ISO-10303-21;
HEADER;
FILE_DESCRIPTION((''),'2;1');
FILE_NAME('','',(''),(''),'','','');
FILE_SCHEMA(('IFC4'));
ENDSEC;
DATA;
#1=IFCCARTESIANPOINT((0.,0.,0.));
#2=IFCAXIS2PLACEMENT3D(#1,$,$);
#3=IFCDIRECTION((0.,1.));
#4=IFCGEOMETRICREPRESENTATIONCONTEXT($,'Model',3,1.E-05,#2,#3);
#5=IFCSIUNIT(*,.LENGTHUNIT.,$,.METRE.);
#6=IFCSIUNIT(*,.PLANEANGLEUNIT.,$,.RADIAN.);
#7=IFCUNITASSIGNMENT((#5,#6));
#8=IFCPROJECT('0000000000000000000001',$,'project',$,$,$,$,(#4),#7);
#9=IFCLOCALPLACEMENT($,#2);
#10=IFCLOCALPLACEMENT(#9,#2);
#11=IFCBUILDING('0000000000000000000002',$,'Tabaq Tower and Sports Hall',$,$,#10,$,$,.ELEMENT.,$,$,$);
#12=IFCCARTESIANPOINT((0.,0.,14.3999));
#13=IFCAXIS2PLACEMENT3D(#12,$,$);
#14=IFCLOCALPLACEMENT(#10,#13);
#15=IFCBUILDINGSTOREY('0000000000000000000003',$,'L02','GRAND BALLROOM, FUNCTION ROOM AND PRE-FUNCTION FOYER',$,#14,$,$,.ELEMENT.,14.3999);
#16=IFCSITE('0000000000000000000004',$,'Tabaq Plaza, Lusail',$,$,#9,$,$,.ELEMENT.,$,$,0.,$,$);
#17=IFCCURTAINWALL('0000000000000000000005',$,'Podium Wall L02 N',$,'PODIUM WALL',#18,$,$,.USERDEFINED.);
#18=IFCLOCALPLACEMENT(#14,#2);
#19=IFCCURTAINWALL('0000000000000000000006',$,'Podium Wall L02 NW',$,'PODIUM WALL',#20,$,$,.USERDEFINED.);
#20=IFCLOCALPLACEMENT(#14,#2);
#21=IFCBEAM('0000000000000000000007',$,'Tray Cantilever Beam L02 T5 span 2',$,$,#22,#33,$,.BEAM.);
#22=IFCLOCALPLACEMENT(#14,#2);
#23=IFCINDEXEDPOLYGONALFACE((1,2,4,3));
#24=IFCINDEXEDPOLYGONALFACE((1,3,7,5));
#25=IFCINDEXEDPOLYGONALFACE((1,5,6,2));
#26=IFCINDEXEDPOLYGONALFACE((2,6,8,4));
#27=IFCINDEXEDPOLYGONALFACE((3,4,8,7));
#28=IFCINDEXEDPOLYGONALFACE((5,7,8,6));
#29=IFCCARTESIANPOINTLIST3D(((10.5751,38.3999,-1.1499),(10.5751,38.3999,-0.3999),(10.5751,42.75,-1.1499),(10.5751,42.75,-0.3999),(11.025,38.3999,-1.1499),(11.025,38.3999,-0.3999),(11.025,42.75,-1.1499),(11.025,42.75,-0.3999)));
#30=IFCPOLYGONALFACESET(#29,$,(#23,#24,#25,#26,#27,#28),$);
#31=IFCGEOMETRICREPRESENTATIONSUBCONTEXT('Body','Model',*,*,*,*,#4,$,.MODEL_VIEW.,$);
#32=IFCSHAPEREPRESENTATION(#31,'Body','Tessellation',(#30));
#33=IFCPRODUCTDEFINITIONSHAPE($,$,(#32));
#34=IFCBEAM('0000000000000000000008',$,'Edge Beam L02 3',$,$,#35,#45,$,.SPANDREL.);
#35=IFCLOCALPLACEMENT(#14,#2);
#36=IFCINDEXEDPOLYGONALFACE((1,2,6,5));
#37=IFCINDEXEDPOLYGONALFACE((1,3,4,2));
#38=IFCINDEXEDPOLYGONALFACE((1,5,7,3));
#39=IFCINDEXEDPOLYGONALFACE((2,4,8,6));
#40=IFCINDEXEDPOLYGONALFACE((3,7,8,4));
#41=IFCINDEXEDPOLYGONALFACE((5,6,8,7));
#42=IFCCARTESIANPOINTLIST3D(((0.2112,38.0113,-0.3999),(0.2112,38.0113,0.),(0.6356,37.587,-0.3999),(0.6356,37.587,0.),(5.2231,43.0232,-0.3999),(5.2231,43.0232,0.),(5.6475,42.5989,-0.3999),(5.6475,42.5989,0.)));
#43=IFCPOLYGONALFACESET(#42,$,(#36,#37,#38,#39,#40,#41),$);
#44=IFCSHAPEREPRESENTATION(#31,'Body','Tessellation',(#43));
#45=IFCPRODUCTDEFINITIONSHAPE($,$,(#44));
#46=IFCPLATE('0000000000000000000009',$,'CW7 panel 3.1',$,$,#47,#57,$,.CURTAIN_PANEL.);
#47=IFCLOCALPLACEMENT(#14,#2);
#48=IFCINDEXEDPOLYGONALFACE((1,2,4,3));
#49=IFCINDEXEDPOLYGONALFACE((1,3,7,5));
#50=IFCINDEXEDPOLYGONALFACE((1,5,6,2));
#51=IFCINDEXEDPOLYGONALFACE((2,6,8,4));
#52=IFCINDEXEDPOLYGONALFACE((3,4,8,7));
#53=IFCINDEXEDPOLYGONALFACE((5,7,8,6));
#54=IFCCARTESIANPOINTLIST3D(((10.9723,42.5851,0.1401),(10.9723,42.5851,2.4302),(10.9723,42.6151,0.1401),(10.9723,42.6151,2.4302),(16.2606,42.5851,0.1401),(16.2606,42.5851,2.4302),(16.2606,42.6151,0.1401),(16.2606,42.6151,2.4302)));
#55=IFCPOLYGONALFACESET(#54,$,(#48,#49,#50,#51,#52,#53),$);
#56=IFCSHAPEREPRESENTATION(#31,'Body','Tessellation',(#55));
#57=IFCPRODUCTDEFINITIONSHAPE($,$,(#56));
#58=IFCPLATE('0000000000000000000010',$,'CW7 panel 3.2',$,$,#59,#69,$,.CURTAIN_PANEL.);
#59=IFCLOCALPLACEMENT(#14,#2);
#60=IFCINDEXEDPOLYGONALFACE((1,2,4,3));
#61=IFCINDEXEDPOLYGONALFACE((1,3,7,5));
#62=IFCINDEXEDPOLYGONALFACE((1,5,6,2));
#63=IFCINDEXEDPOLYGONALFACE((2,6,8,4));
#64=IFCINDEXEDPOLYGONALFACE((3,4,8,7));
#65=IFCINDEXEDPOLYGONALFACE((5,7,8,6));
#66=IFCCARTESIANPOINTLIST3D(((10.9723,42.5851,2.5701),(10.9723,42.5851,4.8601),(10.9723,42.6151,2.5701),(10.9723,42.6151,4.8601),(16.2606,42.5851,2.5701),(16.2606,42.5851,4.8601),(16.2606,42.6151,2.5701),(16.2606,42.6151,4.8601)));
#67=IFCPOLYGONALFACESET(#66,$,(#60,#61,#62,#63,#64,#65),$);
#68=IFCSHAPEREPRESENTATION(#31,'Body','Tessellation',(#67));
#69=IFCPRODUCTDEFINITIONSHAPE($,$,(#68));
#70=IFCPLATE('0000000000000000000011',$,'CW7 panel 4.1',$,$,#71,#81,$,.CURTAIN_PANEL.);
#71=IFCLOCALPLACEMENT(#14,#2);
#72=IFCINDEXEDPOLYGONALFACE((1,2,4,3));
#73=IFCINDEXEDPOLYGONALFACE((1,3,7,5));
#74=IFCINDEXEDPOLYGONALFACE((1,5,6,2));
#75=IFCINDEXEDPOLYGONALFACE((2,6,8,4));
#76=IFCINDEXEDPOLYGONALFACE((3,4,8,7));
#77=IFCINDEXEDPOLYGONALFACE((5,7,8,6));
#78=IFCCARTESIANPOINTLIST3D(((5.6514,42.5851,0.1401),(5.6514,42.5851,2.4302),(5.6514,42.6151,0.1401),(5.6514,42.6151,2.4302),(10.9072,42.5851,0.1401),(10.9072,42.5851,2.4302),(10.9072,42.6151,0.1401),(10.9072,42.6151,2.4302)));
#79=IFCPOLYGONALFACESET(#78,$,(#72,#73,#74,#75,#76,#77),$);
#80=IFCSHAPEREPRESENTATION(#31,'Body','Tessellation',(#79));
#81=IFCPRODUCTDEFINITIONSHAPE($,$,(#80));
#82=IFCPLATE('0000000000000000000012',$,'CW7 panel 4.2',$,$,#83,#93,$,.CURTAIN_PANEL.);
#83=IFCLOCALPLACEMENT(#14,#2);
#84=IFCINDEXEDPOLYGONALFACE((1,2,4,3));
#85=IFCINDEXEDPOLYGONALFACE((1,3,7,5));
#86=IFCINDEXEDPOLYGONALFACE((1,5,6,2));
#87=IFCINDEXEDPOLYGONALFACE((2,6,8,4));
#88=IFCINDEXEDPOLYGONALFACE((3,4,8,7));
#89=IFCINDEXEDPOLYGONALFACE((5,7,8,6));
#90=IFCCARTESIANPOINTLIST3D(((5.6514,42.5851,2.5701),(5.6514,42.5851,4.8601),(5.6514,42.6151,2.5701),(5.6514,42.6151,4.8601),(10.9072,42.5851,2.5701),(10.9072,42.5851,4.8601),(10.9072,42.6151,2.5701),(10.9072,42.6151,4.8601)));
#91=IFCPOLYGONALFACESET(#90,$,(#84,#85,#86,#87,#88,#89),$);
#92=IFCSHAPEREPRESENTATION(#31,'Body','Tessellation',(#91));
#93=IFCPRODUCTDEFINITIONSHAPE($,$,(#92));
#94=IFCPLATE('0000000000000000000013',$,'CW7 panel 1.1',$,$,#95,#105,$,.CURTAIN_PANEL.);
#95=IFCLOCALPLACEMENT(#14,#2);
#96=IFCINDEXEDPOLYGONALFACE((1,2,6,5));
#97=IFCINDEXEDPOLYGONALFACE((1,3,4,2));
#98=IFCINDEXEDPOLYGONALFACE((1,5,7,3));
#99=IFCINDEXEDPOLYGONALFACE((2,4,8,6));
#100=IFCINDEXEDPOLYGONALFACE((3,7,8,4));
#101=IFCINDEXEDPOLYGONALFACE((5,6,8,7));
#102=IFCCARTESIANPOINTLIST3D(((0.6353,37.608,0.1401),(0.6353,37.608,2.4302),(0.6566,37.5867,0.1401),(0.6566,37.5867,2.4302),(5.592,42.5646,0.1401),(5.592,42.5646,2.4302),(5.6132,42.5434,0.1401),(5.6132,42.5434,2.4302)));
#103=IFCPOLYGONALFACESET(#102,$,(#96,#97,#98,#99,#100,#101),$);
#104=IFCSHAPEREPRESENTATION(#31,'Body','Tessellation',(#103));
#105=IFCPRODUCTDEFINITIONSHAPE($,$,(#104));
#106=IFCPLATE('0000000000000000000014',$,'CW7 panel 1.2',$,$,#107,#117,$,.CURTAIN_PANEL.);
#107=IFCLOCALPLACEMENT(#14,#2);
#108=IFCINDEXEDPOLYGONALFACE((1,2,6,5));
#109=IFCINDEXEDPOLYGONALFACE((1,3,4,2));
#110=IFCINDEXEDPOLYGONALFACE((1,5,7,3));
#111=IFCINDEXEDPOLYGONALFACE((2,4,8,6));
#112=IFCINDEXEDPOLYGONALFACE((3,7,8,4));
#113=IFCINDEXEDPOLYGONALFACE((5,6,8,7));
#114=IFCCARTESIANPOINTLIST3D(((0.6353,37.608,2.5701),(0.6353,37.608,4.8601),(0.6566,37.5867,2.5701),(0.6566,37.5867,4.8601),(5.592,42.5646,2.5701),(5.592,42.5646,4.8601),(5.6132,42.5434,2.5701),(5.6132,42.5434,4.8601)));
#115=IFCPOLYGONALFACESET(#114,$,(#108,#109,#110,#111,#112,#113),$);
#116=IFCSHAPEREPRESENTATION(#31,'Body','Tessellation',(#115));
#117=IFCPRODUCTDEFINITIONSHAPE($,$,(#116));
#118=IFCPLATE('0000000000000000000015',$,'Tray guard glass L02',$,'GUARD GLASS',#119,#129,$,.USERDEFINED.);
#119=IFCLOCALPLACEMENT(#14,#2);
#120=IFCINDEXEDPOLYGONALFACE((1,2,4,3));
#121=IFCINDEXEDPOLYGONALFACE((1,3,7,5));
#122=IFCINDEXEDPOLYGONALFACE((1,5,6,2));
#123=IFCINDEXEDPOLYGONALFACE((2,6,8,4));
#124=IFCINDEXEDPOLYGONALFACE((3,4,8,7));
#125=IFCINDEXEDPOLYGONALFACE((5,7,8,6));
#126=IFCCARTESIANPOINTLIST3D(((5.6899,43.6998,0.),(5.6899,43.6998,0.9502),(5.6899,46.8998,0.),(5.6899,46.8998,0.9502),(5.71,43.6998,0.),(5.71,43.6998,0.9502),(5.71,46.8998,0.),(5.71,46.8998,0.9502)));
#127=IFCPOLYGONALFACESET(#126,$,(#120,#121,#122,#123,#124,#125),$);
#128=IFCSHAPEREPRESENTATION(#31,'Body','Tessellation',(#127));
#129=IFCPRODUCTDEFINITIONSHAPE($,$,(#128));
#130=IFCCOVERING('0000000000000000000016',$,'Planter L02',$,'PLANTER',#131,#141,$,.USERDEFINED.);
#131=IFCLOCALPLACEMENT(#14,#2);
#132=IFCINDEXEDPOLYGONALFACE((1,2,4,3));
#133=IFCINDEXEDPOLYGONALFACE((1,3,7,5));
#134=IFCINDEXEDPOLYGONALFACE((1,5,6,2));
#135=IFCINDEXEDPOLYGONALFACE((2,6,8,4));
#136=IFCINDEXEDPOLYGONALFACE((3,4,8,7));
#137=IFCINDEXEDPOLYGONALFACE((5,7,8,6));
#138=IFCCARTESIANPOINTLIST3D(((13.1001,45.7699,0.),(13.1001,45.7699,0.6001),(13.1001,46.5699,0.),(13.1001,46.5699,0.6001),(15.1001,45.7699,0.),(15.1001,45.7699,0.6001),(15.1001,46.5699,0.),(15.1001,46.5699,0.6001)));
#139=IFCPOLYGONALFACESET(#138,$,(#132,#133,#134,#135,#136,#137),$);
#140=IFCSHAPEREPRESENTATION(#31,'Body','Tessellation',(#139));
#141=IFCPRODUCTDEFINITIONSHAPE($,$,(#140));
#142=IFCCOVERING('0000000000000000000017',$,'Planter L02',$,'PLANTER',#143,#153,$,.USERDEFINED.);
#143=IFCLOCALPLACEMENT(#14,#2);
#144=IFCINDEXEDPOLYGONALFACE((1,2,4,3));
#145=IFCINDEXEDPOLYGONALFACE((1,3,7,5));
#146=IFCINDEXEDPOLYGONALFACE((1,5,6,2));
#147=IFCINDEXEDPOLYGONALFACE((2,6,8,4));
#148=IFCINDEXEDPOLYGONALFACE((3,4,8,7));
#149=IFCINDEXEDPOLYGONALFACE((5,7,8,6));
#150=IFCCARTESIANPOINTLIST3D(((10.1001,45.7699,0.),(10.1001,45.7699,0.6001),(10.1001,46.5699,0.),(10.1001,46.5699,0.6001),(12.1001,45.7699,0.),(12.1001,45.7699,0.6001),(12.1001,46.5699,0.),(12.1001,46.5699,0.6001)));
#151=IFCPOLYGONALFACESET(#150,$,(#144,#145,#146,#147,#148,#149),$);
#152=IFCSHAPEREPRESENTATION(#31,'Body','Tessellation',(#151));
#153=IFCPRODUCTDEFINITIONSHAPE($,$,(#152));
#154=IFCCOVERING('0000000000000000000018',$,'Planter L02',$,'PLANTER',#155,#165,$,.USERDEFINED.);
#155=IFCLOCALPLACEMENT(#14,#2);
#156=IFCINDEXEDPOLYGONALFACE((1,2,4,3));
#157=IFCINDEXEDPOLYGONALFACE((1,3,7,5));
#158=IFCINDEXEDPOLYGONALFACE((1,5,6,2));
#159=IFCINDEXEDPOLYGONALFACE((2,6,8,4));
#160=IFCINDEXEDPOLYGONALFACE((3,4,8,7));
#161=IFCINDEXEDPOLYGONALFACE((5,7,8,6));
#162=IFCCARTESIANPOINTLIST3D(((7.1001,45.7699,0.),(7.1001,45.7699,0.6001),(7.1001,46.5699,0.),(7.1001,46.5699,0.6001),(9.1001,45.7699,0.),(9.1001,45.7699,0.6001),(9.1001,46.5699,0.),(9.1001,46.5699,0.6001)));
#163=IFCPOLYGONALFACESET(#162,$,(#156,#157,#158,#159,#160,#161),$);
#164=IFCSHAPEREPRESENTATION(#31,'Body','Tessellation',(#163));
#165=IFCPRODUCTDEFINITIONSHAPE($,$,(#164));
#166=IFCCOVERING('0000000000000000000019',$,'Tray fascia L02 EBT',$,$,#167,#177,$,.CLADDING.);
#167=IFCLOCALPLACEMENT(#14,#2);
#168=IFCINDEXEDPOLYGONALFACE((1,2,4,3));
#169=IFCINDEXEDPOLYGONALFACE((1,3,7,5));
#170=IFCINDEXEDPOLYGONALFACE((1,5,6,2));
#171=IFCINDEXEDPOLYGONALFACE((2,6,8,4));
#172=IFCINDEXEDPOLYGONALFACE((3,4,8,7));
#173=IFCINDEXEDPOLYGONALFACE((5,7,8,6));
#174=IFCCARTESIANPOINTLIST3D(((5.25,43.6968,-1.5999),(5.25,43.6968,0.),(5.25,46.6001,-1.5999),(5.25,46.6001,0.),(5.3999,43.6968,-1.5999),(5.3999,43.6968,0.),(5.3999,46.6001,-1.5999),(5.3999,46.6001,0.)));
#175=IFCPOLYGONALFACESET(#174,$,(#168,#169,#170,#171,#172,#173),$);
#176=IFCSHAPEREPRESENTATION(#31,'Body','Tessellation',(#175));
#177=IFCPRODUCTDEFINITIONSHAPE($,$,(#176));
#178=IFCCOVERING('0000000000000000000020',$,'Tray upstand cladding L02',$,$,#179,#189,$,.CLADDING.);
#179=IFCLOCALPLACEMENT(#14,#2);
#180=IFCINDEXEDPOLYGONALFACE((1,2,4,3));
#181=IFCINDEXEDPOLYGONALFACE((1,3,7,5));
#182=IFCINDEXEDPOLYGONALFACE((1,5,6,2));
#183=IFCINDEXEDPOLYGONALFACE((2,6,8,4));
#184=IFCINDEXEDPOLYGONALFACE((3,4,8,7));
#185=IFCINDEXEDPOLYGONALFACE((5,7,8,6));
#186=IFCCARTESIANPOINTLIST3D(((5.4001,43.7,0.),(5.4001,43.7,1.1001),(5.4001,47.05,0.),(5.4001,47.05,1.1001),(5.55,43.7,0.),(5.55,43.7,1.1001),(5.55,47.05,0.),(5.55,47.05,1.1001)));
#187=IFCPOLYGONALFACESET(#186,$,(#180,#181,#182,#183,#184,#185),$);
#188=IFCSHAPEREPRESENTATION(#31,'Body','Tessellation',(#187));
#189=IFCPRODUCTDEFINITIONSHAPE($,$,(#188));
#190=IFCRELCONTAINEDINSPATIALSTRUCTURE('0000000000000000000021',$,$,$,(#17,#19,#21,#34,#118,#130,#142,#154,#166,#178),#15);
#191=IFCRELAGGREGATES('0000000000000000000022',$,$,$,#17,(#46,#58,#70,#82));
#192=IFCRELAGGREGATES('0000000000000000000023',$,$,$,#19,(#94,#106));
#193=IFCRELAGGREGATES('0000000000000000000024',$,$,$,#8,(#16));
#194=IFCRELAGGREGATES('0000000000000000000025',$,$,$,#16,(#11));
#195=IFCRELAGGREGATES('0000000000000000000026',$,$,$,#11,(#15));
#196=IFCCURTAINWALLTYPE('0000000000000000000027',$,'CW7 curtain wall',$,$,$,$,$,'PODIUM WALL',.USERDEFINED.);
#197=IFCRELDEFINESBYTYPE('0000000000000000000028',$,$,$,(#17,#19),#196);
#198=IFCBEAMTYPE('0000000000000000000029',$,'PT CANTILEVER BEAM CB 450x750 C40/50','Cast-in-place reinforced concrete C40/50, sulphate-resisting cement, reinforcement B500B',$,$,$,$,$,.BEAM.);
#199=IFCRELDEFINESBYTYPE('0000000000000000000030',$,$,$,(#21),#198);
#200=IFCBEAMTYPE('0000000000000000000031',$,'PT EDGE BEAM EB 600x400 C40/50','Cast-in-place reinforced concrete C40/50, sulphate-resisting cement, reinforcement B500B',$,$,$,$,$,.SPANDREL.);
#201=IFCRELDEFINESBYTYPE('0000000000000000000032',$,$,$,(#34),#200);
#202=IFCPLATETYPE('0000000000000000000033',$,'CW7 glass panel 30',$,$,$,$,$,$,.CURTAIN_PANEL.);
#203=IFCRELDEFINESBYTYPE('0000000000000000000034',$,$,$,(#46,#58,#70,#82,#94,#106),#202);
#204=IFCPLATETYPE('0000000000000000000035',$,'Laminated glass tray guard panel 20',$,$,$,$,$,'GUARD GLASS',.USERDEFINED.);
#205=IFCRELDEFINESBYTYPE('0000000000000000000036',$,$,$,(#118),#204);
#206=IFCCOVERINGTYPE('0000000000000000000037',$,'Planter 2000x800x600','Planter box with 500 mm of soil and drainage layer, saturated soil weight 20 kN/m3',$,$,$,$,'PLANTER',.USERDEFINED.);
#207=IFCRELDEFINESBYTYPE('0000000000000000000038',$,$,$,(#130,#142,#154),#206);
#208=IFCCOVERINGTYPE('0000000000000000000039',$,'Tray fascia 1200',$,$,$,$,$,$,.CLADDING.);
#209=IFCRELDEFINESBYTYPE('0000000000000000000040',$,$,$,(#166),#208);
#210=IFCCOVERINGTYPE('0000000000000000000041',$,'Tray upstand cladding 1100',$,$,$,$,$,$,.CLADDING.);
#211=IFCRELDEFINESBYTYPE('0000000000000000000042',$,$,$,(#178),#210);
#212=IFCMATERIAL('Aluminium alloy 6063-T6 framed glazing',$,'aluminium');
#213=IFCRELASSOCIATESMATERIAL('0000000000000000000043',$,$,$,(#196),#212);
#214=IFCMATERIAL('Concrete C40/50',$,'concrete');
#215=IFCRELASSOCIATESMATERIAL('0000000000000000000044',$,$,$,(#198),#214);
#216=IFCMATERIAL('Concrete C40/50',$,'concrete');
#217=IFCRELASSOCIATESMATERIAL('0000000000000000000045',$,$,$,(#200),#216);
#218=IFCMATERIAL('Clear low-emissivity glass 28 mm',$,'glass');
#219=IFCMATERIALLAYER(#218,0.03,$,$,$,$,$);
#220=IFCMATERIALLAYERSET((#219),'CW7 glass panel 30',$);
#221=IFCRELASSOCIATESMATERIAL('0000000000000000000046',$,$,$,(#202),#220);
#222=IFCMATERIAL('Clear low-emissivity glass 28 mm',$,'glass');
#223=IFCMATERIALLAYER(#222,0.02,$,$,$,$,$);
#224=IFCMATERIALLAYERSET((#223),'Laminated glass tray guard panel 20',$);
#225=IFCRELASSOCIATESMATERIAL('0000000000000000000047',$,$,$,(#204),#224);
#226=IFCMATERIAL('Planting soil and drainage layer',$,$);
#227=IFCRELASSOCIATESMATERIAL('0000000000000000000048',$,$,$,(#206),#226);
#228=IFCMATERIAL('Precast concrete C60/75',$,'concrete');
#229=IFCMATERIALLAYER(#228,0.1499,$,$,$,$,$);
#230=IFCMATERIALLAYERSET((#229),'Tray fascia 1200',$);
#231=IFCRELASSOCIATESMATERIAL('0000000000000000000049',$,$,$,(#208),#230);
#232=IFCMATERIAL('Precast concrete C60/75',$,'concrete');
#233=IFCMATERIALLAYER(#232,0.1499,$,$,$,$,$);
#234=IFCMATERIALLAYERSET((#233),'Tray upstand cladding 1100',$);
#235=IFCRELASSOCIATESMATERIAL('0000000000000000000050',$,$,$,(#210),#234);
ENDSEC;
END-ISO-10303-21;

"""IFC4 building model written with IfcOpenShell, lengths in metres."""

from ifc_helpers import new_model, si_unit, direction, frame, frame_2d, origin, origin_2d, place, context, subcontext, project, spatial, rectangle, extrude, material, layer, layer_set, material_profile, profile_set, type_object, element, aggregate, save


model = new_model("IFC4")

# Units and contexts
model_context = context("Model", 3, precision=1e-05, world=origin(), true_north=direction((0.0, 1.0)))
body_context = subcontext(model_context, "Body", "Model", "MODEL_VIEW")
ifc_project = project(units=[si_unit("LENGTHUNIT", "METRE"), si_unit("PLANEANGLEUNIT", "RADIAN")], contexts=[model_context])

# Site, building, storey
site_placement = place(None, origin())
site = spatial("IfcSite", under=ifc_project, at=site_placement, Name="Tabaq Plaza, Lusail", CompositionType="ELEMENT", RefElevation=0.0)
building_placement = place(site_placement, origin())
building = spatial("IfcBuilding", under=site, at=building_placement, Name="Tabaq Tower and Sports Hall", CompositionType="ELEMENT")
storey_placement = place(building_placement, frame((0.0, 0.0, 14.3999)))
storey = spatial("IfcBuildingStorey", under=building, at=storey_placement, Name="L02", Description="GRAND BALLROOM, FUNCTION ROOM AND PRE-FUNCTION FOYER", CompositionType="ELEMENT", Elevation=14.3999)

# Curtain wall
ifc_material_1 = material(Name="Aluminium alloy 6063-T6 framed glazing", Category="aluminium")
curtain_wall_type = type_object("IfcCurtainWallType", Name="CW7 curtain wall", ElementType="PODIUM WALL", PredefinedType="USERDEFINED", material=ifc_material_1)
curtain_wall_1_placement = place(storey_placement, origin())
curtain_wall_1 = element("IfcCurtainWall", 1, at=curtain_wall_1_placement, inside=storey, type_object=curtain_wall_type, Name="Podium Wall L02 N", ObjectType="PODIUM WALL", PredefinedType="USERDEFINED")

# Curtain wall
curtain_wall_2_placement = place(storey_placement, origin())
curtain_wall_2 = element("IfcCurtainWall", 2, at=curtain_wall_2_placement, inside=storey, type_object=curtain_wall_type, Name="Podium Wall L02 NW", ObjectType="PODIUM WALL", PredefinedType="USERDEFINED")

# Beams
ifc_material_2 = material(Name="Concrete C40/50", Category="concrete")
ifc_material_profile_1 = material_profile(ifc_material_2, rectangle(XDim=0.45, YDim=0.75, at=origin_2d()), Name="CB 450x750")
ifc_profile_set_1 = profile_set([ifc_material_profile_1], Name="Concrete C40/50")
beam_type_1 = type_object("IfcBeamType", Name="PT CANTILEVER BEAM CB 450x750 C40/50", Description="Cast-in-place reinforced concrete C40/50, sulphate-resisting cement, reinforcement B500B", PredefinedType="BEAM", material=ifc_profile_set_1)
beam_1_placement = place(storey_placement, frame((10.8, 42.75, -0.7749), z_axis=(0.0, -1.0, 0.0), x_axis=(1.0, 0.0, 0.0)))
element("IfcBeam", 3, at=beam_1_placement, inside=storey, type_object=beam_type_1, Name="Tray Cantilever Beam L02 T5 span 2", PredefinedType="BEAM", context=body_context, shape_type="SweptSolid", body=[
    extrude(rectangle(XDim=0.45, YDim=0.75, at=origin_2d()), origin(), (0.0, 0.0, 1.0), 4.3501),
])
ifc_material_3 = material(Name="Concrete C40/50", Category="concrete")
ifc_material_profile_2 = material_profile(ifc_material_3, rectangle(XDim=0.6001, YDim=0.3999, at=origin_2d()), Name="EB 600x400")
ifc_profile_set_2 = profile_set([ifc_material_profile_2], Name="Concrete C40/50")
beam_type_2 = type_object("IfcBeamType", Name="PT EDGE BEAM EB 600x400 C40/50", Description="Cast-in-place reinforced concrete C40/50, sulphate-resisting cement, reinforcement B500B", PredefinedType="SPANDREL", material=ifc_profile_set_2)
beam_2_placement = place(storey_placement, frame((5.4353, 42.811, -0.2), z_axis=(-0.707107, -0.707107, 0.0), x_axis=(0.707107, -0.707107, 0.0)))
element("IfcBeam", 4, at=beam_2_placement, inside=storey, type_object=beam_type_2, Name="Edge Beam L02 3", PredefinedType="SPANDREL", context=body_context, shape_type="SweptSolid", body=[
    extrude(rectangle(XDim=0.6001, YDim=0.3999, at=origin_2d()), origin(), (0.0, 0.0, 1.0), 7.0879),
])

# Plates
ifc_material_4 = material(Name="Clear low-emissivity glass 28 mm", Category="glass")
ifc_layer_1 = layer(ifc_material_4, 0.03)
ifc_layer_set_1 = layer_set([ifc_layer_1], Name="CW7 glass panel 30")
plate_type_1 = type_object("IfcPlateType", Name="CW7 glass panel 30", PredefinedType="CURTAIN_PANEL", material=ifc_layer_set_1)
plate_1_placement = place(storey_placement, frame((13.6165, 42.6001, 0.1401), z_axis=(0.0, 0.0, 1.0), x_axis=(-1.0, 0.0, 0.0)))
plate_1 = element("IfcPlate", 5, at=plate_1_placement, type_object=plate_type_1, Name="CW7 panel 3.1", PredefinedType="CURTAIN_PANEL", context=body_context, shape_type="SweptSolid", body=[
    extrude(rectangle(XDim=5.2883, YDim=0.03, at=origin_2d()), origin(), (0.0, 0.0, 1.0), 2.29),
])
plate_2_placement = place(storey_placement, frame((13.6165, 42.6001, 2.5701), z_axis=(0.0, 0.0, 1.0), x_axis=(-1.0, 0.0, 0.0)))
plate_2 = element("IfcPlate", 6, at=plate_2_placement, type_object=plate_type_1, Name="CW7 panel 3.2", PredefinedType="CURTAIN_PANEL", context=body_context, shape_type="SweptSolid", body=[
    extrude(rectangle(XDim=5.2883, YDim=0.03, at=origin_2d()), origin(), (0.0, 0.0, 1.0), 2.29),
])
plate_3_placement = place(storey_placement, frame((8.2793, 42.6001, 0.1401), z_axis=(0.0, 0.0, 1.0), x_axis=(-1.0, 0.0, 0.0)))
plate_3 = element("IfcPlate", 7, at=plate_3_placement, type_object=plate_type_1, Name="CW7 panel 4.1", PredefinedType="CURTAIN_PANEL", context=body_context, shape_type="SweptSolid", body=[
    extrude(rectangle(XDim=5.2559, YDim=0.03, at=origin_2d()), origin(), (0.0, 0.0, 1.0), 2.29),
])
plate_4_placement = place(storey_placement, frame((8.2793, 42.6001, 2.5701), z_axis=(0.0, 0.0, 1.0), x_axis=(-1.0, 0.0, 0.0)))
plate_4 = element("IfcPlate", 8, at=plate_4_placement, type_object=plate_type_1, Name="CW7 panel 4.2", PredefinedType="CURTAIN_PANEL", context=body_context, shape_type="SweptSolid", body=[
    extrude(rectangle(XDim=5.2559, YDim=0.03, at=origin_2d()), origin(), (0.0, 0.0, 1.0), 2.29),
])
aggregate(curtain_wall_1, [plate_1, plate_2, plate_3, plate_4])
plate_5_placement = place(storey_placement, frame((3.1243, 40.0757, 0.1401), z_axis=(0.0, 0.0, 1.0), x_axis=(-0.707107, -0.707107, 0.0)))
plate_5 = element("IfcPlate", 9, at=plate_5_placement, type_object=plate_type_1, Name="CW7 panel 1.1", PredefinedType="CURTAIN_PANEL", context=body_context, shape_type="SweptSolid", body=[
    extrude(rectangle(XDim=7.0098, YDim=0.03, at=origin_2d()), origin(), (0.0, 0.0, 1.0), 2.29),
])
plate_6_placement = place(storey_placement, frame((3.1243, 40.0757, 2.5701), z_axis=(0.0, 0.0, 1.0), x_axis=(-0.707107, -0.707107, 0.0)))
plate_6 = element("IfcPlate", 10, at=plate_6_placement, type_object=plate_type_1, Name="CW7 panel 1.2", PredefinedType="CURTAIN_PANEL", context=body_context, shape_type="SweptSolid", body=[
    extrude(rectangle(XDim=7.0098, YDim=0.03, at=origin_2d()), origin(), (0.0, 0.0, 1.0), 2.29),
])
aggregate(curtain_wall_2, [plate_5, plate_6])
ifc_material_5 = material(Name="Clear low-emissivity glass 28 mm", Category="glass")
ifc_layer_2 = layer(ifc_material_5, 0.02)
ifc_layer_set_2 = layer_set([ifc_layer_2], Name="Laminated glass tray guard panel 20")
plate_type_2 = type_object("IfcPlateType", Name="Laminated glass tray guard panel 20", ElementType="GUARD GLASS", PredefinedType="USERDEFINED", material=ifc_layer_set_2)
plate_7_placement = place(storey_placement, frame((5.7, 46.8999, 0.0), z_axis=(0.0, 0.0, 1.0), x_axis=(0.0, -1.0, 0.0)))
element("IfcPlate", 11, at=plate_7_placement, inside=storey, type_object=plate_type_2, Name="Tray guard glass L02", ObjectType="GUARD GLASS", PredefinedType="USERDEFINED", context=body_context, shape_type="SweptSolid", body=[
    extrude(rectangle(XDim=3.2, YDim=0.02, at=frame_2d((1.6001, 0.0))), origin(), (0.0, 0.0, 1.0), 0.9502),
])

# Coverings
ifc_material_6 = material(Name="Planting soil and drainage layer")
covering_type_1 = type_object("IfcCoveringType", Name="Planter 2000x800x600", Description="Planter box with 500 mm of soil and drainage layer, saturated soil weight 20 kN/m3", ElementType="PLANTER", PredefinedType="USERDEFINED", material=ifc_material_6)
for number, where, z_axis, x_axis, name in (
    (12, (14.1001, 46.1699, 0.0), (0.0, 0.0, 1.0), (-1.0, 0.0, 0.0), "Planter L02"),
    (13, (11.1001, 46.1699, 0.0), (0.0, 0.0, 1.0), (-1.0, 0.0, 0.0), "Planter L02"),
    (14, (8.1001, 46.1699, 0.0), (0.0, 0.0, 1.0), (-1.0, 0.0, 0.0), "Planter L02"),
):
    element("IfcCovering", number, at=place(storey_placement, frame(where, z_axis=z_axis, x_axis=x_axis)), inside=storey, type_object=covering_type_1, Name=name, ObjectType="PLANTER", PredefinedType="USERDEFINED", context=body_context, shape_type="SweptSolid", body=[
        extrude(rectangle(XDim=2.0, YDim=0.8, at=origin_2d()), origin(), (0.0, 0.0, 1.0), 0.6001),
    ])
ifc_material_7 = material(Name="Precast concrete C60/75", Category="concrete")
ifc_layer_3 = layer(ifc_material_7, 0.1499)
ifc_layer_set_3 = layer_set([ifc_layer_3], Name="Tray fascia 1200")
covering_type_2 = type_object("IfcCoveringType", Name="Tray fascia 1200", PredefinedType="CLADDING", material=ifc_layer_set_3)
covering_1_placement = place(storey_placement, frame((5.325, 43.6968, -1.5999), z_axis=(0.0, 0.0, 1.0), x_axis=(0.0, 1.0, 0.0)))
element("IfcCovering", 15, at=covering_1_placement, inside=storey, type_object=covering_type_2, Name="Tray fascia L02 EBT", PredefinedType="CLADDING", context=body_context, shape_type="SweptSolid", body=[
    extrude(rectangle(XDim=2.9033, YDim=0.1499, at=frame_2d((1.4517, 0.0))), origin(), (0.0, 0.0, 1.0), 1.5999),
])
ifc_material_8 = material(Name="Precast concrete C60/75", Category="concrete")
ifc_layer_4 = layer(ifc_material_8, 0.1499)
ifc_layer_set_4 = layer_set([ifc_layer_4], Name="Tray upstand cladding 1100")
covering_type_3 = type_object("IfcCoveringType", Name="Tray upstand cladding 1100", PredefinedType="CLADDING", material=ifc_layer_set_4)
covering_2_placement = place(storey_placement, frame((5.4751, 43.7, 0.0), z_axis=(0.0, 0.0, 1.0), x_axis=(0.0, 1.0, 0.0)))
element("IfcCovering", 16, at=covering_2_placement, inside=storey, type_object=covering_type_3, Name="Tray upstand cladding L02", PredefinedType="CLADDING", context=body_context, shape_type="SweptSolid", body=[
    extrude(rectangle(XDim=3.3501, YDim=0.1499, at=frame_2d((1.675, 0.0))), origin(), (0.0, 0.0, 1.0), 1.1001),
])

save(model, "model.ifc")
